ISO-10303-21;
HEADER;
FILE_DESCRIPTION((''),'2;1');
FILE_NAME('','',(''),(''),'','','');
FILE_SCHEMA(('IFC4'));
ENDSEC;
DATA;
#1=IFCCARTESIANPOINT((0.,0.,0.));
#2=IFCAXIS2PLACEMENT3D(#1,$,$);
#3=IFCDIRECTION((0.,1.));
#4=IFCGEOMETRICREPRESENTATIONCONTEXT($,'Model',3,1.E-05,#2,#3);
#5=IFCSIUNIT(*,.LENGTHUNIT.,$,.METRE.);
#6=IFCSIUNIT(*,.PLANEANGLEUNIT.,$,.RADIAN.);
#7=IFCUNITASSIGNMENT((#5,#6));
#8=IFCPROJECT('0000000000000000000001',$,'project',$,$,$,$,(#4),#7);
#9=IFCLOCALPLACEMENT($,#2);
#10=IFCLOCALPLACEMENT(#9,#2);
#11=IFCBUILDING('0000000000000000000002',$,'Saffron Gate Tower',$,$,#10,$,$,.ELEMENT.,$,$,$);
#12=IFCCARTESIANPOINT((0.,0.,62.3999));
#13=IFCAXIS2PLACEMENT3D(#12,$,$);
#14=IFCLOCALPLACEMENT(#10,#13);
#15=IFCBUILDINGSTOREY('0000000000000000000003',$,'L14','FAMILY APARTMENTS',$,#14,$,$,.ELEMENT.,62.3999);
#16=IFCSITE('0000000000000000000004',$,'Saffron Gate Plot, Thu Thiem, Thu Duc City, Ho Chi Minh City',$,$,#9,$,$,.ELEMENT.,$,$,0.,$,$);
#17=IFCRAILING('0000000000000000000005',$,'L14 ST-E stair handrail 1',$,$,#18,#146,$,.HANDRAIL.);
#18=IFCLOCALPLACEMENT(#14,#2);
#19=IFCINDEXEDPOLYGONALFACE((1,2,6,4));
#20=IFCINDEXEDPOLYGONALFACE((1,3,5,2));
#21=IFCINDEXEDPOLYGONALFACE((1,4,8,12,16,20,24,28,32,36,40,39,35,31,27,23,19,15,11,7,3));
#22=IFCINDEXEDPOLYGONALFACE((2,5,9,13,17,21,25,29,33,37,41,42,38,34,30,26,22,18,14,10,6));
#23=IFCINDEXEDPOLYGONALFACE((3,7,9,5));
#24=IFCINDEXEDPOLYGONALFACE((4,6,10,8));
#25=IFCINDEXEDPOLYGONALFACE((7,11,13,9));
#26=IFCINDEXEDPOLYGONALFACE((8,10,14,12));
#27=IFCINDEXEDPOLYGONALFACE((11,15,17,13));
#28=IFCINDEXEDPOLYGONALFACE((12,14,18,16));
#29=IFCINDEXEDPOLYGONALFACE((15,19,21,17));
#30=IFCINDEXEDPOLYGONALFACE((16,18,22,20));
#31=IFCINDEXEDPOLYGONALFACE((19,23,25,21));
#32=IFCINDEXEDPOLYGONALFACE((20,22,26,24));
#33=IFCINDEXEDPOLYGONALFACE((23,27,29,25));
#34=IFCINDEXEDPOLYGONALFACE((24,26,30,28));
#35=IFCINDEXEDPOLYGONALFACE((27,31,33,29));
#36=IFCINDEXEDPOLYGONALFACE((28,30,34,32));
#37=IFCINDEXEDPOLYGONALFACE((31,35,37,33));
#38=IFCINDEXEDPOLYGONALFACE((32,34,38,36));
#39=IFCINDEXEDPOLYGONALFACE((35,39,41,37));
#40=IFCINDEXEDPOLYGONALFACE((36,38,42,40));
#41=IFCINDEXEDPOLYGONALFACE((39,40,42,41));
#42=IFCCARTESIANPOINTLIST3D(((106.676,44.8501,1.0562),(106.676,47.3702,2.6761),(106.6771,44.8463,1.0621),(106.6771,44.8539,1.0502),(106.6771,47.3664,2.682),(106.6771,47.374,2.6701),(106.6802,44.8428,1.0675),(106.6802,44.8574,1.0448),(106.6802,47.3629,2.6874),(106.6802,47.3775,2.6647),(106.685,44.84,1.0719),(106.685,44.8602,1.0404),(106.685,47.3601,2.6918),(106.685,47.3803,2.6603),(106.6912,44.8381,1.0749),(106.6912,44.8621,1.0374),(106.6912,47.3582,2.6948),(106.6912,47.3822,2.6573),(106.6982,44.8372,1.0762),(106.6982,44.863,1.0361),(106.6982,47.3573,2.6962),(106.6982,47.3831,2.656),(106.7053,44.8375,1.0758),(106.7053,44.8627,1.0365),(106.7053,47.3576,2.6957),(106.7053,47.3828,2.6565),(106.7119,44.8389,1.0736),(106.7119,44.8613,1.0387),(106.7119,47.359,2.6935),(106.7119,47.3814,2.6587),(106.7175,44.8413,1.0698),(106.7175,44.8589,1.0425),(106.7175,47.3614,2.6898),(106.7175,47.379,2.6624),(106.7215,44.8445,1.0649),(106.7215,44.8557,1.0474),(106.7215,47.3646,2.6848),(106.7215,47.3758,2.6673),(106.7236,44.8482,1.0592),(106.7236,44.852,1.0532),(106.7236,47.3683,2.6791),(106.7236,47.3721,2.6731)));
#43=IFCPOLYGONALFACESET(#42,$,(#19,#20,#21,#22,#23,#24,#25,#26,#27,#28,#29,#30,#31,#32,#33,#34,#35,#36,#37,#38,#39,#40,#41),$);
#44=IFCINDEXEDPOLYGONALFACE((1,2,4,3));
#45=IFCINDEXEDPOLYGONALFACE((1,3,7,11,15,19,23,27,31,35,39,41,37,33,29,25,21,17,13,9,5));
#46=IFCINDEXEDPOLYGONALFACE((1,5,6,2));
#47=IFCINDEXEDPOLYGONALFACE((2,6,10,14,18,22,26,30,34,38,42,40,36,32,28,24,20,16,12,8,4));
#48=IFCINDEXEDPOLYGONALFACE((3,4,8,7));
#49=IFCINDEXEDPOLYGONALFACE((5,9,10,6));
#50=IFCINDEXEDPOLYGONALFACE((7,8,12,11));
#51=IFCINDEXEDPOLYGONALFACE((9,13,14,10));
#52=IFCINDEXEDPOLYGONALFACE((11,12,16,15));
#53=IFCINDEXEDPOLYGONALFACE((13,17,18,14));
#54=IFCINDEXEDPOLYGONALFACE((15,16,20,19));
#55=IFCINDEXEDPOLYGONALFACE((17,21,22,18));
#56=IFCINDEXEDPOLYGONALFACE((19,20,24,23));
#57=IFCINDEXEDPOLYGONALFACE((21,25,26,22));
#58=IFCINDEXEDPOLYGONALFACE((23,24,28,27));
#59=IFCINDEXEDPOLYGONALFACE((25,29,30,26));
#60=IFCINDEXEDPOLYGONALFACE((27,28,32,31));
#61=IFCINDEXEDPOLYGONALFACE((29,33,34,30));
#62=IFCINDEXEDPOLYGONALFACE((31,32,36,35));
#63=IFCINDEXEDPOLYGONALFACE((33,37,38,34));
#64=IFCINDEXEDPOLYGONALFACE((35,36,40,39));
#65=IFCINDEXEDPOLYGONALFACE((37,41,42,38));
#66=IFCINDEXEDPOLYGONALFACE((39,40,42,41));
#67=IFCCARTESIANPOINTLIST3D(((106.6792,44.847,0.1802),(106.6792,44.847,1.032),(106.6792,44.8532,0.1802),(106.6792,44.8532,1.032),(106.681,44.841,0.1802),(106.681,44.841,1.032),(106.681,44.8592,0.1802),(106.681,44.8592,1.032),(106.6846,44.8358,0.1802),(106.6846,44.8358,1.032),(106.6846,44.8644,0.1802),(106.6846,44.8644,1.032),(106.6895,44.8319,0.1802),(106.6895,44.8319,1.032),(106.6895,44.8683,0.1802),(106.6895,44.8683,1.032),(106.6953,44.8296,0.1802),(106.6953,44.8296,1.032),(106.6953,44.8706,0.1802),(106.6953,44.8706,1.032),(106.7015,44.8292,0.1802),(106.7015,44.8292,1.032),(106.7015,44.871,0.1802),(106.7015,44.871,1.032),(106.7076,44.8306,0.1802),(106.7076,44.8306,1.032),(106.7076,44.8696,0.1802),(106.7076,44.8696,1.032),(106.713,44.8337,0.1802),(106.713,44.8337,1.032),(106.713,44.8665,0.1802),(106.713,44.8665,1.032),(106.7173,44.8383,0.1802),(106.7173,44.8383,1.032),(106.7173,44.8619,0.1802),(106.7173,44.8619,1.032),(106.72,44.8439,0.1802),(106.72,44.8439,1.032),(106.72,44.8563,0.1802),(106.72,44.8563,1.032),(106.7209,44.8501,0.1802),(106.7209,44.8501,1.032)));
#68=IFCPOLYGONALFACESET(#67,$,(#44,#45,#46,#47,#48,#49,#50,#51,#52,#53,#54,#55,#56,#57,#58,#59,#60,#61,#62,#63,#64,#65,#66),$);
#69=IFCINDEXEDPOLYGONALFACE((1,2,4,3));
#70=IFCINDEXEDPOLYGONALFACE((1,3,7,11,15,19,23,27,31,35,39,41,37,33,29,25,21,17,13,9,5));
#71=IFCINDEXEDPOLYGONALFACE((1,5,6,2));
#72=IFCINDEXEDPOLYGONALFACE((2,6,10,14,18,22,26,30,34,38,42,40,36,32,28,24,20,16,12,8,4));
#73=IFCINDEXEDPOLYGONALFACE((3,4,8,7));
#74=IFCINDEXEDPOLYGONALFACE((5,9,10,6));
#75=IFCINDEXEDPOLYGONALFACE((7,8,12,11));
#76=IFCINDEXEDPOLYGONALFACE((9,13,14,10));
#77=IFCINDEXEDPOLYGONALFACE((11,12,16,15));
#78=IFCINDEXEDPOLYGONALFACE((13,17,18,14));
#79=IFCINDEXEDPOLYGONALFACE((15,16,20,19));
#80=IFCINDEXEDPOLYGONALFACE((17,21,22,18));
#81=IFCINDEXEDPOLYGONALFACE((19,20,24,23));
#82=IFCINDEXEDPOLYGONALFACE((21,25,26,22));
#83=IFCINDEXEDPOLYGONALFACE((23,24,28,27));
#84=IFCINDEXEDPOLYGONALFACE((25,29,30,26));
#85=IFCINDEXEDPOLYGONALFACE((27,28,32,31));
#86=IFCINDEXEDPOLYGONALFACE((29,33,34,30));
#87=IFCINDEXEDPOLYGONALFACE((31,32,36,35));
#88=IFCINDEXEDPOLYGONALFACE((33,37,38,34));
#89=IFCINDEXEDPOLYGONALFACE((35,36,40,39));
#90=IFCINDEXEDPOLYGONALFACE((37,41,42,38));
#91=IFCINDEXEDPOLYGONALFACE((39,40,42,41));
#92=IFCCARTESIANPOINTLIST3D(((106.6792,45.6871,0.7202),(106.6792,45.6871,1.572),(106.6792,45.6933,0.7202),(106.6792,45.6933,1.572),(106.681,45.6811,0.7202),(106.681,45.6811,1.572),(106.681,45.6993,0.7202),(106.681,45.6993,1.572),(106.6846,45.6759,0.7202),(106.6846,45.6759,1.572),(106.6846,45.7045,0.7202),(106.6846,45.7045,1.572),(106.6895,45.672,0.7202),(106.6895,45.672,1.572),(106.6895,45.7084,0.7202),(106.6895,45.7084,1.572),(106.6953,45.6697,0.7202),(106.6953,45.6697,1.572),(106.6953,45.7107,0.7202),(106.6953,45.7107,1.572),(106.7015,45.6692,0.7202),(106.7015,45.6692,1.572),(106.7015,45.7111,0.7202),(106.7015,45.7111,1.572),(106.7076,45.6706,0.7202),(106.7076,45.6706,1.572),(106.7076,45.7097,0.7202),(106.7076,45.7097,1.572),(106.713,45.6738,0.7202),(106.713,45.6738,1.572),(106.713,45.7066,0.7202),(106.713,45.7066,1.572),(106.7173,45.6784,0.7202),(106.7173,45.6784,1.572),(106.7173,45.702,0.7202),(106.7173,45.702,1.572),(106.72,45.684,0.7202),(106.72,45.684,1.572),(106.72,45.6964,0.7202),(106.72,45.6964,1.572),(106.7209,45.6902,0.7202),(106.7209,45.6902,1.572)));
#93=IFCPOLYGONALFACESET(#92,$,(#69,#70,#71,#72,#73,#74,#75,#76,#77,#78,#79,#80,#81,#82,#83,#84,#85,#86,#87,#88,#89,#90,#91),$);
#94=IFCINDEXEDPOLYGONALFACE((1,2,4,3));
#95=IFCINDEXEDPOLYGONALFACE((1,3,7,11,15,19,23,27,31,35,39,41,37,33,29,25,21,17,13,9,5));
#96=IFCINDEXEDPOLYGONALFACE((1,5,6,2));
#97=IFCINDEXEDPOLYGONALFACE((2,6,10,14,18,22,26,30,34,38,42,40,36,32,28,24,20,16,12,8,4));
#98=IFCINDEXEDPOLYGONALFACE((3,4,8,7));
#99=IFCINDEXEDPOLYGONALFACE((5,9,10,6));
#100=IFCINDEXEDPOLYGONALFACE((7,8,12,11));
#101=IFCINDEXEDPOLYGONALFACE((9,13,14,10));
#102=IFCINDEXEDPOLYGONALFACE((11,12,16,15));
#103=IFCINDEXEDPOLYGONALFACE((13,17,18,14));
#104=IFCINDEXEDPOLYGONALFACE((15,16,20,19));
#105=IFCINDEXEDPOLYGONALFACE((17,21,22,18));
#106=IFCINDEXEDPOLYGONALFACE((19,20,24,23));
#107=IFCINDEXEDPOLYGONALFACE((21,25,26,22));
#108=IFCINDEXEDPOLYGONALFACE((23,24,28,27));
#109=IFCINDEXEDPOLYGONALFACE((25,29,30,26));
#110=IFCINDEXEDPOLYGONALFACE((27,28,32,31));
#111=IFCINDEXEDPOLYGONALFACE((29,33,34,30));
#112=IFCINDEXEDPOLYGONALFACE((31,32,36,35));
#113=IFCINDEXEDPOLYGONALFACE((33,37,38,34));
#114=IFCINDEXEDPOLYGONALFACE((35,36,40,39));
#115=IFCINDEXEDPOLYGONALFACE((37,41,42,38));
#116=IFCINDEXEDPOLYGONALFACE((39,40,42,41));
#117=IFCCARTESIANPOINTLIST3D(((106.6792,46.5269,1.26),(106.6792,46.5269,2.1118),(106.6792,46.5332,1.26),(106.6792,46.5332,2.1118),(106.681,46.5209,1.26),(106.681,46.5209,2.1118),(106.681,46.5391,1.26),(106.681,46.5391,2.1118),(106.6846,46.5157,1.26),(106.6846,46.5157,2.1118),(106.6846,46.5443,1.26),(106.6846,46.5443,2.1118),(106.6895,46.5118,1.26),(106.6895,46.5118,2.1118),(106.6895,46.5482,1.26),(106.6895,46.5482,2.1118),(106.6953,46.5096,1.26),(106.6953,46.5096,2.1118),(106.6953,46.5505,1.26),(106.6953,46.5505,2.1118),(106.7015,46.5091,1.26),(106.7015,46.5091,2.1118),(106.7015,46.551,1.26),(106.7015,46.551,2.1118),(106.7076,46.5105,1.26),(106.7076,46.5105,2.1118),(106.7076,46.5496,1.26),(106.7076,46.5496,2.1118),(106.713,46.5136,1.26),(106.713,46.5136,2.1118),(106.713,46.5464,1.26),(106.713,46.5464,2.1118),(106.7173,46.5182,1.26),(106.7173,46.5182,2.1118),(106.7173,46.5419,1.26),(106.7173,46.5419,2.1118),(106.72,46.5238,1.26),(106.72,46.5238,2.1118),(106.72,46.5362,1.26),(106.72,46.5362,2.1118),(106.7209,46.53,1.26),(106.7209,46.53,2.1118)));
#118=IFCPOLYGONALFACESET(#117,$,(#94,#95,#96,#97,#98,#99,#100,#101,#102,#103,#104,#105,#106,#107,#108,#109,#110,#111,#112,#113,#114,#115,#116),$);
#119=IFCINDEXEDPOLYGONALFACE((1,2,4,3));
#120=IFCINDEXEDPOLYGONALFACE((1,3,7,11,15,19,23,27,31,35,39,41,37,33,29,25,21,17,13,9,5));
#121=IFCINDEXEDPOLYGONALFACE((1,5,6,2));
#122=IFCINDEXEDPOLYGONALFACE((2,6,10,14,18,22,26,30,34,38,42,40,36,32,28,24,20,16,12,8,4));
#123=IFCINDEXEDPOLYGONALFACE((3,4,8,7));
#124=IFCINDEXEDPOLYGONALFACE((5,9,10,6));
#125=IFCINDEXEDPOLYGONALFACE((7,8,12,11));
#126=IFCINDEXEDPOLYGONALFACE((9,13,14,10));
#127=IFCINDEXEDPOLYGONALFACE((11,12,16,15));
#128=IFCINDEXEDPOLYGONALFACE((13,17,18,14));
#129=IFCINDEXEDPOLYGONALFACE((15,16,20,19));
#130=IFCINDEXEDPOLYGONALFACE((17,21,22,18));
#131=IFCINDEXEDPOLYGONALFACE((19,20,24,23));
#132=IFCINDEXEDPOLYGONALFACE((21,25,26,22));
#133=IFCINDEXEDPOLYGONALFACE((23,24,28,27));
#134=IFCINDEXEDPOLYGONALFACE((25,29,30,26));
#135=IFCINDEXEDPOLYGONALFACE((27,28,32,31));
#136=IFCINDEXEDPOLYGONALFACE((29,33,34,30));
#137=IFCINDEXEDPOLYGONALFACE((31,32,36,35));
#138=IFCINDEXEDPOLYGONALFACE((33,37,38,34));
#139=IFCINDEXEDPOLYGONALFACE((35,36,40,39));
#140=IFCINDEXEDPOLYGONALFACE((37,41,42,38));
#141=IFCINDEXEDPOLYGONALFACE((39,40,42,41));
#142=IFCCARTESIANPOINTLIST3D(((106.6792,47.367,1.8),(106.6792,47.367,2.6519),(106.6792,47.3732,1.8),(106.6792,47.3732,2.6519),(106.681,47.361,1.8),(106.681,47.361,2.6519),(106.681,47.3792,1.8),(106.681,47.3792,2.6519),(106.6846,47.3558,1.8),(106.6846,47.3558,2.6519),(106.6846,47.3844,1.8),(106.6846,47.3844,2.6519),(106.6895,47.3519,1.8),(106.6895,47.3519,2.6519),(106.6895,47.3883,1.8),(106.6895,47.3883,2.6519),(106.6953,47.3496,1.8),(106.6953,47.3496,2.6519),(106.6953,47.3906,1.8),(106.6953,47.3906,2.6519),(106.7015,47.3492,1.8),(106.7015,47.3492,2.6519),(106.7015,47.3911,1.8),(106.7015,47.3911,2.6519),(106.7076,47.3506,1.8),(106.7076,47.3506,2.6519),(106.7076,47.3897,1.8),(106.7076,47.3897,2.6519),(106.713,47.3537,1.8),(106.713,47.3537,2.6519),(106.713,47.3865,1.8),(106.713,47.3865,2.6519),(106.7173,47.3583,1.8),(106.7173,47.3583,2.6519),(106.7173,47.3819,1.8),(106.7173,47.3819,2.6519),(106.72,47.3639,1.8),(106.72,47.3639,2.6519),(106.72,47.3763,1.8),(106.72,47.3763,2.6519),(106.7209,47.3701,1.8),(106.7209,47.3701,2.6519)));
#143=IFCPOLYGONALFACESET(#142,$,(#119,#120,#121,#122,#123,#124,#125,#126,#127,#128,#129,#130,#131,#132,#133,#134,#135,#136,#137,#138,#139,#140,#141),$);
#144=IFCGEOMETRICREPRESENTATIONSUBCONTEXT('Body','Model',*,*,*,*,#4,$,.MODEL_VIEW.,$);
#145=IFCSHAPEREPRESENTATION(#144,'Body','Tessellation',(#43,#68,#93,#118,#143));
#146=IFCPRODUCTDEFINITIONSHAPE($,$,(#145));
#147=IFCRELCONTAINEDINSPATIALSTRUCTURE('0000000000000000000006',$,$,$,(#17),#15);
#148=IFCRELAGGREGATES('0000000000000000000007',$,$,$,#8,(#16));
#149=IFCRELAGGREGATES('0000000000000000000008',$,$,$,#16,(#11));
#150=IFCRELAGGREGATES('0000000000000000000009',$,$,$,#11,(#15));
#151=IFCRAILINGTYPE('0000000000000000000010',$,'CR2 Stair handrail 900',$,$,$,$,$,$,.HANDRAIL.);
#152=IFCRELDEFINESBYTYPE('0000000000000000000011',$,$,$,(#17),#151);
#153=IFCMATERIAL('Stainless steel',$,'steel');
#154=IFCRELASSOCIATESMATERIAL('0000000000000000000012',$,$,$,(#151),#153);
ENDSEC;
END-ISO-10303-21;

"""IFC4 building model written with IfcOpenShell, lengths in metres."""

from ifc_helpers import new_model, si_unit, direction, frame, origin, origin_2d, place, context, subcontext, project, spatial, circle, extrude, material, type_object, element, save


model = new_model("IFC4")

# Units and contexts
model_context = context("Model", 3, precision=1e-05, world=origin(), true_north=direction((0.0, 1.0)))
body_context = subcontext(model_context, "Body", "Model", "MODEL_VIEW")
ifc_project = project(units=[si_unit("LENGTHUNIT", "METRE"), si_unit("PLANEANGLEUNIT", "RADIAN")], contexts=[model_context])

# Site, building, storey
site_placement = place(None, origin())
site = spatial("IfcSite", under=ifc_project, at=site_placement, Name="Saffron Gate Plot, Thu Thiem, Thu Duc City, Ho Chi Minh City", CompositionType="ELEMENT", RefElevation=0.0)
building_placement = place(site_placement, origin())
building = spatial("IfcBuilding", under=site, at=building_placement, Name="Saffron Gate Tower", CompositionType="ELEMENT")
storey_placement = place(building_placement, frame((0.0, 0.0, 62.3999)))
storey = spatial("IfcBuildingStorey", under=building, at=storey_placement, Name="L14", Description="FAMILY APARTMENTS", CompositionType="ELEMENT", Elevation=62.3999)

# Railing
ifc_material_1 = material(Name="Stainless steel", Category="steel")
railing_type_1 = type_object("IfcRailingType", Name="CR2 Stair handrail 900", PredefinedType="HANDRAIL", material=ifc_material_1)
railing_1_placement = place(storey_placement, frame((106.7, 44.8501, 0.1802)))
element("IfcRailing", 1, at=railing_1_placement, inside=storey, type_object=railing_type_1, Name="L14 ST-E stair handrail 1", PredefinedType="HANDRAIL", context=body_context, shape_type="SweptSolid", body=[
    extrude(circle(Radius=0.0239, at=origin_2d()), frame((0.0, 0.0, 0.876), z_axis=(0.0, 0.8412, 0.540725), x_axis=(-1.0, 0.0, 0.0)), (0.0, 0.0, 1.0), 2.9958),
    extrude(circle(Radius=0.021, at=origin_2d()), origin(), (0.0, 0.0, 1.0), 0.8518),
    extrude(circle(Radius=0.021, at=origin_2d()), frame((0.0, 0.8401, 0.54)), (0.0, 0.0, 1.0), 0.8518),
    extrude(circle(Radius=0.021, at=origin_2d()), frame((0.0, 1.6799, 1.0798)), (0.0, 0.0, 1.0), 0.8518),
    extrude(circle(Radius=0.021, at=origin_2d()), frame((0.0, 2.52, 1.6199)), (0.0, 0.0, 1.0), 0.8518),
])

save(model, "model.ifc")
